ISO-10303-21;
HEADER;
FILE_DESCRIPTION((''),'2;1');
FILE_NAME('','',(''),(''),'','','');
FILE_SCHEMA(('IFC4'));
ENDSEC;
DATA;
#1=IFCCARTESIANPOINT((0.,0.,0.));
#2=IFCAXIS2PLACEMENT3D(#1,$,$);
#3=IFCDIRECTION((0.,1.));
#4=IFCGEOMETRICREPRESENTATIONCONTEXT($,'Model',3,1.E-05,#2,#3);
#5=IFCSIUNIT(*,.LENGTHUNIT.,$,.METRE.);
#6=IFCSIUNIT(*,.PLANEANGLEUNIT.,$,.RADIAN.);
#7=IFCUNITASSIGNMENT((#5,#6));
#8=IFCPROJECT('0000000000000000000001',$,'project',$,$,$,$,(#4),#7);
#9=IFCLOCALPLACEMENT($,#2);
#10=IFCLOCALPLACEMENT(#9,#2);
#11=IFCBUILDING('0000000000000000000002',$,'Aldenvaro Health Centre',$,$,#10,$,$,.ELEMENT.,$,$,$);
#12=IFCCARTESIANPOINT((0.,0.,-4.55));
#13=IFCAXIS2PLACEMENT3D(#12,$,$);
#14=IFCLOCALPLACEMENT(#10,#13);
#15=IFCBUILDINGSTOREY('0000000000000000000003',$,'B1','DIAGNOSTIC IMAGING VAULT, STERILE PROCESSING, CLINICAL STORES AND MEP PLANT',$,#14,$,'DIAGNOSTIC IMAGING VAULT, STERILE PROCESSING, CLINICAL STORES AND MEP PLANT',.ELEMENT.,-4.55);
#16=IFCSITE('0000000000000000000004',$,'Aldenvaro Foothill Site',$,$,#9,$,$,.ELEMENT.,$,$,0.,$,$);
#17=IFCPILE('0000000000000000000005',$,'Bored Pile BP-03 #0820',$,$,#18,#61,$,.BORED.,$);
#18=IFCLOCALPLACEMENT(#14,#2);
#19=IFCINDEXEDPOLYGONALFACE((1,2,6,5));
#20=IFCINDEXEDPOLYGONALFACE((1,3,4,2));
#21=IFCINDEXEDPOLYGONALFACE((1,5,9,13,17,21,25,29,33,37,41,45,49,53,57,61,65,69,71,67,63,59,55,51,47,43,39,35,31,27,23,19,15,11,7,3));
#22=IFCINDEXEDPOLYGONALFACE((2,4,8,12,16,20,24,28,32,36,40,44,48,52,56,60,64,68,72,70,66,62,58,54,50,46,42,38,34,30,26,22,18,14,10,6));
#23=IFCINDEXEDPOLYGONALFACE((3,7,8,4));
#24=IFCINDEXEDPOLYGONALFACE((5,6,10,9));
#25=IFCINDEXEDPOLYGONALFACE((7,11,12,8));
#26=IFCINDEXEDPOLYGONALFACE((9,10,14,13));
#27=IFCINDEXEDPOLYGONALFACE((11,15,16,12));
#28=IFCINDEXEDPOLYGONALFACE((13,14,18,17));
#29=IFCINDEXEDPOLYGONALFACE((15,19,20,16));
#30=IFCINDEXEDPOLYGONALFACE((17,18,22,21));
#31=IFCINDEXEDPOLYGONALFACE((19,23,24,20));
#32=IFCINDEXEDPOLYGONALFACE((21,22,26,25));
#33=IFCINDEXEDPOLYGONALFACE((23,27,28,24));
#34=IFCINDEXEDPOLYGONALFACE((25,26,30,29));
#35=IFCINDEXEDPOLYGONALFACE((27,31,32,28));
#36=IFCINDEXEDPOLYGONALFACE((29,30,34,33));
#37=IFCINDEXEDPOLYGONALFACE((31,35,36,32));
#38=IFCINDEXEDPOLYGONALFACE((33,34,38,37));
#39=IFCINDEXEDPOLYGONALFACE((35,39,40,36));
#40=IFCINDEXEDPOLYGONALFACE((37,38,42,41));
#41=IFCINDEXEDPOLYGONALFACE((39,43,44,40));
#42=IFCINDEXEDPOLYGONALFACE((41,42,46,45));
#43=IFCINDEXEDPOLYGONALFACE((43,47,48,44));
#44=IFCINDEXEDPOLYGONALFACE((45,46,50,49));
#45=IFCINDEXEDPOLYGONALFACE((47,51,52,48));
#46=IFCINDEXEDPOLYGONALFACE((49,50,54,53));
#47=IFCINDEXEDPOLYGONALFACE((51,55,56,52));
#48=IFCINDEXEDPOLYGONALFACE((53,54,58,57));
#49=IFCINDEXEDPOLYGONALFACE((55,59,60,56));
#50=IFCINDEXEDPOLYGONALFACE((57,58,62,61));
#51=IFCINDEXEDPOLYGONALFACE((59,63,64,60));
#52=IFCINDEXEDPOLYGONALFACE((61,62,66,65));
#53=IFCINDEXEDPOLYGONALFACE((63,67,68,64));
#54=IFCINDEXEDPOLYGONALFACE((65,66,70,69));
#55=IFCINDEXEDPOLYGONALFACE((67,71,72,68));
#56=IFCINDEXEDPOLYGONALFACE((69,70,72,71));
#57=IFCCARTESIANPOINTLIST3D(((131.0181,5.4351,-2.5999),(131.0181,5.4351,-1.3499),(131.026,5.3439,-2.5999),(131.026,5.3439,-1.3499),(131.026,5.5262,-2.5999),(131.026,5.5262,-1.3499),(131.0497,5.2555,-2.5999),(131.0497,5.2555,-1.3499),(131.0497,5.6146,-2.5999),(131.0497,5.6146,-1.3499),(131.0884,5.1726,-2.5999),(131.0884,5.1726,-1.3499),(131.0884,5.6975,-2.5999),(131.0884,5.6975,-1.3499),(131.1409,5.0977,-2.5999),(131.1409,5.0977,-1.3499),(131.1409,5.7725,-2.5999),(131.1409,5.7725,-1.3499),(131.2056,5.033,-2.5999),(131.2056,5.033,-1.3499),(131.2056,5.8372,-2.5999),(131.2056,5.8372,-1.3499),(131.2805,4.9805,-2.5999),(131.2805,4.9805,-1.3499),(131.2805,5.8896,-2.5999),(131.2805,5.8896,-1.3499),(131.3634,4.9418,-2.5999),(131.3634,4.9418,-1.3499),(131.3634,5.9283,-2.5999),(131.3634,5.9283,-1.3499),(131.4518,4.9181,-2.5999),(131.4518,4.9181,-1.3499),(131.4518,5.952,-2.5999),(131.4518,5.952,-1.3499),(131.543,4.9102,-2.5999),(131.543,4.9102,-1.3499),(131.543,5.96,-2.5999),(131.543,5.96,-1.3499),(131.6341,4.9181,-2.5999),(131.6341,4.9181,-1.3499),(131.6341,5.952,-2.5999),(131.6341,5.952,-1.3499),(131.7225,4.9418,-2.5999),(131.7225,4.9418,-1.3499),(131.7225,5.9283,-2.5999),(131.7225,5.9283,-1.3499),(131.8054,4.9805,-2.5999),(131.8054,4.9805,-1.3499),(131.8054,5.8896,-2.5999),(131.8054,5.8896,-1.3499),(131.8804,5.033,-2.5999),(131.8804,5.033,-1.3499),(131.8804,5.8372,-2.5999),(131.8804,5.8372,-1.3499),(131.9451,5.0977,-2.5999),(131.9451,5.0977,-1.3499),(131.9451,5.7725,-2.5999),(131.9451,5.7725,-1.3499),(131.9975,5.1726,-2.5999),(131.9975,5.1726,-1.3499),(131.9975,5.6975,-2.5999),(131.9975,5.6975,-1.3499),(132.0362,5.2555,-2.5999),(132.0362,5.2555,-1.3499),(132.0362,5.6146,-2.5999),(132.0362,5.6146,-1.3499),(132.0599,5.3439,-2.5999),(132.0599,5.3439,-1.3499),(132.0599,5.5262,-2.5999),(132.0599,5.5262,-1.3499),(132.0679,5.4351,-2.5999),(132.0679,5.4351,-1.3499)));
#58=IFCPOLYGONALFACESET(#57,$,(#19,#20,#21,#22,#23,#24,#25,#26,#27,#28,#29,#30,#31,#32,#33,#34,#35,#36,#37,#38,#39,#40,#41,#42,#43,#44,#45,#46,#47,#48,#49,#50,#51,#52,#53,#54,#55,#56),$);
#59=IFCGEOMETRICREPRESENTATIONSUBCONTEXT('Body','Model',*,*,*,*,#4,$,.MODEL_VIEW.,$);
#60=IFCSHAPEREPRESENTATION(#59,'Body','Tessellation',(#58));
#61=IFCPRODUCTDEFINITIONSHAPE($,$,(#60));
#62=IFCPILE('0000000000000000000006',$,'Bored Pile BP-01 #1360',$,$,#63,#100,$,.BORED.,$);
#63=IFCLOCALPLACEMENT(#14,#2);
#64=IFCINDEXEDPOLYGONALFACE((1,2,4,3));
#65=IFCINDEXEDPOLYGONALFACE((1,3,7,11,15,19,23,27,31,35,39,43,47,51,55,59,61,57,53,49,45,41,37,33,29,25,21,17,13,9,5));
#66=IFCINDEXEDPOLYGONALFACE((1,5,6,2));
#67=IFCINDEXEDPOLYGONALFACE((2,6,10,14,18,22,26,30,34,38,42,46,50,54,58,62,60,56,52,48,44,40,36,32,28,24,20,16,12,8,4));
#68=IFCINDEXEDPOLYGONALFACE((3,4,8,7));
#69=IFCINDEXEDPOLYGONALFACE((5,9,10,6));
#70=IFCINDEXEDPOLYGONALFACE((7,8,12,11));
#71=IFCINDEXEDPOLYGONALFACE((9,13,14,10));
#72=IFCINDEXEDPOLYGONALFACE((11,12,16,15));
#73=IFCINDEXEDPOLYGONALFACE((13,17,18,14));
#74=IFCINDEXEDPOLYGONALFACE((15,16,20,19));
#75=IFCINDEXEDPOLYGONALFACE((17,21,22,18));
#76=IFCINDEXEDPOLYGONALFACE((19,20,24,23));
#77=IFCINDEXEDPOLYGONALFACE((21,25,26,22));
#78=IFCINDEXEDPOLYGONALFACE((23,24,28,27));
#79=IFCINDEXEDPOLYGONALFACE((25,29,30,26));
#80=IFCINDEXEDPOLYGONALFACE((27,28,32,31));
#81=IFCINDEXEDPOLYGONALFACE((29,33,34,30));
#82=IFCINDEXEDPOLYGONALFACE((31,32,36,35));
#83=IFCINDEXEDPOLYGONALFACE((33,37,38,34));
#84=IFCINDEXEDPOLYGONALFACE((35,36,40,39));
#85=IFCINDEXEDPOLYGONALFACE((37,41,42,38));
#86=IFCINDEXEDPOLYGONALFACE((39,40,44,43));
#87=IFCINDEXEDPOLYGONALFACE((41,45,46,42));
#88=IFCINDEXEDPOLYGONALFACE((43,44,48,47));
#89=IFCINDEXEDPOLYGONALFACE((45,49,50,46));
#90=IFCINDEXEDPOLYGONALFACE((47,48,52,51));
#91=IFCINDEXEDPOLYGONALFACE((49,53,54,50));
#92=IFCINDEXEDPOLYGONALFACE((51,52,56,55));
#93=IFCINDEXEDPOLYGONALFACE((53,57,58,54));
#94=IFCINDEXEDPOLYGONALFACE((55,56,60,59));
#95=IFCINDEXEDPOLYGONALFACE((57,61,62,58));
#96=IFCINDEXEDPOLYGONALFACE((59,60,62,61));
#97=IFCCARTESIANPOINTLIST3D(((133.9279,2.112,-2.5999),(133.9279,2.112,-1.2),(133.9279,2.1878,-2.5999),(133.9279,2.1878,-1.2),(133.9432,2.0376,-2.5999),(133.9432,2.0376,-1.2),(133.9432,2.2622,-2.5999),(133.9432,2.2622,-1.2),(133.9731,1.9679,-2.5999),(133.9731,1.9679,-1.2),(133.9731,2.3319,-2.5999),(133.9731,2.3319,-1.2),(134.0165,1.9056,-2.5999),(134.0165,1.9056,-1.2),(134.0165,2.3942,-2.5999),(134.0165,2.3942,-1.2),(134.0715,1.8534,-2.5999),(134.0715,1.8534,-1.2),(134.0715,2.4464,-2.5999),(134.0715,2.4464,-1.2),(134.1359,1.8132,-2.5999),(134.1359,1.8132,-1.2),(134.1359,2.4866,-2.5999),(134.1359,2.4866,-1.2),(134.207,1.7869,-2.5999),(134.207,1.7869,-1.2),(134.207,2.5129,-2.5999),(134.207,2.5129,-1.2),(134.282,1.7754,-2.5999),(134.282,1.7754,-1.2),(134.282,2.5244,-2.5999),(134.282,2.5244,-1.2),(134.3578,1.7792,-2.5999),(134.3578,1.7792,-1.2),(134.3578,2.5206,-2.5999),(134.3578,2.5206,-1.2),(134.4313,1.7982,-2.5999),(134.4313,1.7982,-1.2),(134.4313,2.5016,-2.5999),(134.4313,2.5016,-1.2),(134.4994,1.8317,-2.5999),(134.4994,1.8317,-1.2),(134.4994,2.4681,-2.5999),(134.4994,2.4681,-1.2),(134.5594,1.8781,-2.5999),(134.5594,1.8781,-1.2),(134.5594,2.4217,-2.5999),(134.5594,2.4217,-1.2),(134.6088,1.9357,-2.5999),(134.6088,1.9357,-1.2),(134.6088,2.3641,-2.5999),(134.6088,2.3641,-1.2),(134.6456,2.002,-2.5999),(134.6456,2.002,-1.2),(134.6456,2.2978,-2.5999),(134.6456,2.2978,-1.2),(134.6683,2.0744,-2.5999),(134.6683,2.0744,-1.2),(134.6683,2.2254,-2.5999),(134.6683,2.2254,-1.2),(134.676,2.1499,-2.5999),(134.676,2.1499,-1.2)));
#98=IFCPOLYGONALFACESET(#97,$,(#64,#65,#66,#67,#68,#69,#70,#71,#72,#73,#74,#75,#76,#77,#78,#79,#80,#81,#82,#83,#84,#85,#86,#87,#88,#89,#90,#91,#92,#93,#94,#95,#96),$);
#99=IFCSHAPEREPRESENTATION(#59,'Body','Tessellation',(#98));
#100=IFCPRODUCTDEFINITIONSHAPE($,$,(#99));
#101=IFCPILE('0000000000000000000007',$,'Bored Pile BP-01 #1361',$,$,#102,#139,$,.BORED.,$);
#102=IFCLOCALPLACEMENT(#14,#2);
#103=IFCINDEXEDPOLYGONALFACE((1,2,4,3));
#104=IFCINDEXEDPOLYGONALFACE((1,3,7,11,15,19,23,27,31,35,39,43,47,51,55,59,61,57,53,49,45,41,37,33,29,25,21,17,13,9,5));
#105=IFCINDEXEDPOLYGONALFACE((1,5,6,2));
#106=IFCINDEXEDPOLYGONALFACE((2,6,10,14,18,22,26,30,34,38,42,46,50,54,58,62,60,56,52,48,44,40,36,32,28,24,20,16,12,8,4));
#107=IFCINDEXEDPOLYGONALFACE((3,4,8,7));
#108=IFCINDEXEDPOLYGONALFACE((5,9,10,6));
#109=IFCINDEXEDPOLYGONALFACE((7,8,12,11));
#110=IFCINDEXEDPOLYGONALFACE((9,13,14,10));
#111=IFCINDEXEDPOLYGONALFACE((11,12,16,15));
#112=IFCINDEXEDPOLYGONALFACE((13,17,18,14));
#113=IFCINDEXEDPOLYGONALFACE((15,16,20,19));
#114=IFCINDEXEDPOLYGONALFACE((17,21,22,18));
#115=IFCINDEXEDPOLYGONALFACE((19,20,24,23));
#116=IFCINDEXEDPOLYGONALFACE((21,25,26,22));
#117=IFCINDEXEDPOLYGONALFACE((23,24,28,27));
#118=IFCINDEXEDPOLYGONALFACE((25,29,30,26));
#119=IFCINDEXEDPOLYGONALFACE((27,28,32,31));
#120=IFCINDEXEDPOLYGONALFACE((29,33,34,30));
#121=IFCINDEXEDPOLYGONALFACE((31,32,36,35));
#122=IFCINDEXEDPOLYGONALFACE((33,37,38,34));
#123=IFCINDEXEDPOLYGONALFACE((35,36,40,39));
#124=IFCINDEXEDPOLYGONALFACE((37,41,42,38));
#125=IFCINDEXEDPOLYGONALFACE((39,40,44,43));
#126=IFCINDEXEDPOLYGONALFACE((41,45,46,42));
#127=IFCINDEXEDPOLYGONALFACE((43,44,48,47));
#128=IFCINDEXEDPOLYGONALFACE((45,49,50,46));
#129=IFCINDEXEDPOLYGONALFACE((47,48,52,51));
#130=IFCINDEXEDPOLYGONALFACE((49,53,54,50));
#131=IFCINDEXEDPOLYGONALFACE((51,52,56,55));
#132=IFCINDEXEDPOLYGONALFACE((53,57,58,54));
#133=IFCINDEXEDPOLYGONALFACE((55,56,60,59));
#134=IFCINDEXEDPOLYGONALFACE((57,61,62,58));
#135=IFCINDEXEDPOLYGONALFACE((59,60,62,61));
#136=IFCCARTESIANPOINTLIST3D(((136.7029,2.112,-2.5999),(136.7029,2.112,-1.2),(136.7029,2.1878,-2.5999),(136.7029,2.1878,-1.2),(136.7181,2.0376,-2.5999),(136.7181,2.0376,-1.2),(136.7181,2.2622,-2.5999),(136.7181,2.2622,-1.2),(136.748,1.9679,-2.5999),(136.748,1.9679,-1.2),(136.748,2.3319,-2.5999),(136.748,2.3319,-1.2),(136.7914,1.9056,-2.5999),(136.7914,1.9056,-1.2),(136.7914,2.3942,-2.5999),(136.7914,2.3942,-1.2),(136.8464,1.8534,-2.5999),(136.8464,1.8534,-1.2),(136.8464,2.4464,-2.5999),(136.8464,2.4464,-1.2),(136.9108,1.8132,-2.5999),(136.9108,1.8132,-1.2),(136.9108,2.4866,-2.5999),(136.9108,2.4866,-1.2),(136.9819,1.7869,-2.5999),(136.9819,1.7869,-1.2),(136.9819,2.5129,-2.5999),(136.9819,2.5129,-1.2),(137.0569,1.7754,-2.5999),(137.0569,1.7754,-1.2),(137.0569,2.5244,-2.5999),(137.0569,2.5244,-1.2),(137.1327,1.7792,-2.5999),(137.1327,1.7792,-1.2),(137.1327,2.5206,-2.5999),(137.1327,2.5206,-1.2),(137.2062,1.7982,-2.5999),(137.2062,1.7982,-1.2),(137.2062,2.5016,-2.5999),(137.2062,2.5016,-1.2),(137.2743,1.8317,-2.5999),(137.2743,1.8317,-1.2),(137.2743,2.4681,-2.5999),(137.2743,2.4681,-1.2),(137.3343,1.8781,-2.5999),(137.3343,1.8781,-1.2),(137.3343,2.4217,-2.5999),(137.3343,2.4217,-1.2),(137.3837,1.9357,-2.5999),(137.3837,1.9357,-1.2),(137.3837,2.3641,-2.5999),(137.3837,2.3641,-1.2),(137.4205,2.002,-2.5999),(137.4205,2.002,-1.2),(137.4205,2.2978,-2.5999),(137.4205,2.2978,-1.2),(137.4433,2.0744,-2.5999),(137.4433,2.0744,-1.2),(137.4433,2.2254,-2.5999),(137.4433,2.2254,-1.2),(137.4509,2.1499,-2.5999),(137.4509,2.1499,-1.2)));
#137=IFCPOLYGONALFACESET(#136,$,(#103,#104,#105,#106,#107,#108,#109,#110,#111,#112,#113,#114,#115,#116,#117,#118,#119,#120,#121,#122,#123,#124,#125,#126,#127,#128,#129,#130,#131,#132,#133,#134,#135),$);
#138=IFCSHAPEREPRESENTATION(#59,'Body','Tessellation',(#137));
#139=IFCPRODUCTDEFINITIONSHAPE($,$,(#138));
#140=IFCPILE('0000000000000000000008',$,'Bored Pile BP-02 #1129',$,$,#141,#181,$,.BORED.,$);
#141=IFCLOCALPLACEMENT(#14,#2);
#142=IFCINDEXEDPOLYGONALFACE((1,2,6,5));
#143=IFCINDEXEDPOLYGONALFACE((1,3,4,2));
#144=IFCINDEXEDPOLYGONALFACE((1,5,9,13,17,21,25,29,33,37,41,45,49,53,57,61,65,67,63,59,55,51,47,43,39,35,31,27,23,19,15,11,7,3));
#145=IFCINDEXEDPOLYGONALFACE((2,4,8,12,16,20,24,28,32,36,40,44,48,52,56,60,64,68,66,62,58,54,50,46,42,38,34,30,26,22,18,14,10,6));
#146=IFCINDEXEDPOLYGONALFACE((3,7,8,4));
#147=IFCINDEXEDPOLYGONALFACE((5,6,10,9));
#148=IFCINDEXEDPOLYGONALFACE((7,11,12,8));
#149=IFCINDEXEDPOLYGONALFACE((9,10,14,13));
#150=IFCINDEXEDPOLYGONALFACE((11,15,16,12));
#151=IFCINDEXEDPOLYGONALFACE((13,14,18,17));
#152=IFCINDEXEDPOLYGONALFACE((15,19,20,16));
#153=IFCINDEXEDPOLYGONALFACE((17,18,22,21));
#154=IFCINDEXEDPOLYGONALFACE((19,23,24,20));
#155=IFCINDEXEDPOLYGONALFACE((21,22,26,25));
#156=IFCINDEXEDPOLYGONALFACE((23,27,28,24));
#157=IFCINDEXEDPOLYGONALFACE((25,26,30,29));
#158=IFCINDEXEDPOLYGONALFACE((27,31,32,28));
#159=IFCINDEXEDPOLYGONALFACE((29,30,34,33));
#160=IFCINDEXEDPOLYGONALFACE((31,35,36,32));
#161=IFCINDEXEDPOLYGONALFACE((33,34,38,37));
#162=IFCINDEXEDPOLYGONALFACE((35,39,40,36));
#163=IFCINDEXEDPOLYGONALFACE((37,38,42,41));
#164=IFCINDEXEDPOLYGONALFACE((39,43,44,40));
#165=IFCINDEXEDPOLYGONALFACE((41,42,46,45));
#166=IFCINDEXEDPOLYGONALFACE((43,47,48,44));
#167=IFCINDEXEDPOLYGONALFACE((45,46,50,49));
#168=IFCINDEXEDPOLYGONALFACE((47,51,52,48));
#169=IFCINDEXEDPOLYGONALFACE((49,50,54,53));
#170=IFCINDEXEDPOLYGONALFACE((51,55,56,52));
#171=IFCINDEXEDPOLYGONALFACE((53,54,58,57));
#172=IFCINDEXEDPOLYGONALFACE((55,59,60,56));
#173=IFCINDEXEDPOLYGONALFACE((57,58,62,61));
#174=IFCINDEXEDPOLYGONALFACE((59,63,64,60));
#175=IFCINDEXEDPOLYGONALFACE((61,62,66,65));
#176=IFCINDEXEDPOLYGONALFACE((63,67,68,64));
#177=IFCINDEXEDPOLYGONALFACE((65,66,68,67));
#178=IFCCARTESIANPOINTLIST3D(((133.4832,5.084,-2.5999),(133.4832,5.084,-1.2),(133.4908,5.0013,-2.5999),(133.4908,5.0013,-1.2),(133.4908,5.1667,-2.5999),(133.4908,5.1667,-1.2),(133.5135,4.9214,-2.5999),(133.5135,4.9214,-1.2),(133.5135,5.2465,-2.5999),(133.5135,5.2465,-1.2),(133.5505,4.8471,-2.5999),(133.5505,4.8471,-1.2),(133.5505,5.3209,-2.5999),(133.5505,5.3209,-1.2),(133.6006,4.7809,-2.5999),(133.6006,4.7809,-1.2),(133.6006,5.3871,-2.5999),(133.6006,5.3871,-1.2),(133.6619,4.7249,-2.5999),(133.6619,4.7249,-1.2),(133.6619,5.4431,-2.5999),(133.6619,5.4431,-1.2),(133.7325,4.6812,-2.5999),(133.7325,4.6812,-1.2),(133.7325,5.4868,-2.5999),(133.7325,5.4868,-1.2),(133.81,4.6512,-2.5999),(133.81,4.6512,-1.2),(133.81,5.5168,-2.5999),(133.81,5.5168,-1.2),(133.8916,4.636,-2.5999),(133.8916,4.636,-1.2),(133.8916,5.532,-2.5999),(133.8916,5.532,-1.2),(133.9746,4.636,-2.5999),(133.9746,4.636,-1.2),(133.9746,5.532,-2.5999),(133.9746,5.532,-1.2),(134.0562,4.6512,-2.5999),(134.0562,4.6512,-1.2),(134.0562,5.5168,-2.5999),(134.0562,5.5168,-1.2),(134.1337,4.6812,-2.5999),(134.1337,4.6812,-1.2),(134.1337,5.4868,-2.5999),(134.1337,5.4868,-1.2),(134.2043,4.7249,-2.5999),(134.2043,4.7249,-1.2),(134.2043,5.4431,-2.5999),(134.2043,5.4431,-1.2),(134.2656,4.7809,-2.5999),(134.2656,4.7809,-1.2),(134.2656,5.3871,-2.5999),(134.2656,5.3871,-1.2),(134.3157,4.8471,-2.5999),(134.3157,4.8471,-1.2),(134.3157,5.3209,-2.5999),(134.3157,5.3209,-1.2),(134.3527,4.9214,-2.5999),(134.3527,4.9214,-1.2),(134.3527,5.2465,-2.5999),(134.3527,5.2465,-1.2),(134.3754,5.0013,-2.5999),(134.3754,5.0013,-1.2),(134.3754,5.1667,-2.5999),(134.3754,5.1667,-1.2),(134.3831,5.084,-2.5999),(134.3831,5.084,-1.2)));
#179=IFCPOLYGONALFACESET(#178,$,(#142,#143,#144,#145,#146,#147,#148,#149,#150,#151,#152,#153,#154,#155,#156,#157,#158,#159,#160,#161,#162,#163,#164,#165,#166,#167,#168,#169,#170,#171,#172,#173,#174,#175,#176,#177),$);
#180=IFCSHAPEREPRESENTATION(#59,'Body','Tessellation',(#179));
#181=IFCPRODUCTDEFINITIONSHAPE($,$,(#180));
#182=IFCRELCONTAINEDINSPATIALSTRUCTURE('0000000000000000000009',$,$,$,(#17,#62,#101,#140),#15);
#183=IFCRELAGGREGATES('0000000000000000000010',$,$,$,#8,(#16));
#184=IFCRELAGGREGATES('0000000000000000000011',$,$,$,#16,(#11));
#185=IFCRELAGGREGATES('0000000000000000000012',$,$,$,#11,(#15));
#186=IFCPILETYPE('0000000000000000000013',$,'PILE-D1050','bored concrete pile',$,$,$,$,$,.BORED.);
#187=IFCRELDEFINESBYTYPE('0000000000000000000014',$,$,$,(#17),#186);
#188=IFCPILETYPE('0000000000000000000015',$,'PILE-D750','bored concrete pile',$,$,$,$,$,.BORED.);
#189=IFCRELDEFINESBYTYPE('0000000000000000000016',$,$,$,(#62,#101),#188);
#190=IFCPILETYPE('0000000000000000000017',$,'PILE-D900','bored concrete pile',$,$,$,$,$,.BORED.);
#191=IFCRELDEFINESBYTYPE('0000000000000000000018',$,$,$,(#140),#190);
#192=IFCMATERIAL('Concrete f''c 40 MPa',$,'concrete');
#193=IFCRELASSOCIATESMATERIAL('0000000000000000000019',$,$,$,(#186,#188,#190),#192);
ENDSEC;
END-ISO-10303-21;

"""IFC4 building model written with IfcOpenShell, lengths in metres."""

from ifc_helpers import new_model, si_unit, direction, frame, origin, origin_2d, place, context, subcontext, project, spatial, circle, extrude, material, material_profile, profile_set, type_object, element, save


model = new_model("IFC4")

# Units and contexts
model_context = context("Model", 3, precision=1e-05, world=origin(), true_north=direction((0.0, 1.0)))
body_context = subcontext(model_context, "Body", "Model", "MODEL_VIEW")
ifc_project = project(units=[si_unit("LENGTHUNIT", "METRE"), si_unit("PLANEANGLEUNIT", "RADIAN")], contexts=[model_context])

# Site, building, storey
site_placement = place(None, origin())
site = spatial("IfcSite", under=ifc_project, at=site_placement, Name="Aldenvaro Foothill Site", CompositionType="ELEMENT", RefElevation=0.0)
building_placement = place(site_placement, origin())
building = spatial("IfcBuilding", under=site, at=building_placement, Name="Aldenvaro Health Centre", CompositionType="ELEMENT")
storey_placement = place(building_placement, frame((0.0, 0.0, -4.55)))
storey = spatial("IfcBuildingStorey", under=building, at=storey_placement, Name="B1", Description="DIAGNOSTIC IMAGING VAULT, STERILE PROCESSING, CLINICAL STORES AND MEP PLANT", LongName="DIAGNOSTIC IMAGING VAULT, STERILE PROCESSING, CLINICAL STORES AND MEP PLANT", CompositionType="ELEMENT", Elevation=-4.55)

# Shared definitions
ifc_material = material(Name="Concrete f'c 40 MPa", Category="concrete")

# Piles
ifc_material_profile_1 = material_profile(ifc_material, circle(Radius=0.5249, at=origin_2d()), Name="PILE D1050", Category="concrete")
ifc_profile_set_1 = profile_set([ifc_material_profile_1], Name="Concrete f'c 40 MPa")
pile_type_1 = type_object("IfcPileType", Name="PILE-D1050", Description="bored concrete pile", PredefinedType="BORED", material=ifc_profile_set_1)
for number, where, z_axis, x_axis, name in (
    (1, (131.543, 5.4351, -1.3499), (0.0, 0.0, -1.0), (1.0, 0.0, 0.0), "Bored Pile BP-03 #0820"),
):
    element("IfcPile", number, at=place(storey_placement, frame(where, z_axis=z_axis, x_axis=x_axis)), inside=storey, type_object=pile_type_1, Name=name, PredefinedType="BORED", context=body_context, shape_type="SweptSolid", body=[
        extrude(circle(Radius=0.5249, at=origin_2d()), origin(), (0.0, 0.0, 1.0), 1.25),
    ])
ifc_material_profile_2 = material_profile(ifc_material, circle(Radius=0.375, at=origin_2d()), Name="PILE D750", Category="concrete")
ifc_profile_set_2 = profile_set([ifc_material_profile_2], Name="Concrete f'c 40 MPa")
pile_type_2 = type_object("IfcPileType", Name="PILE-D750", Description="bored concrete pile", PredefinedType="BORED", material=ifc_profile_set_2)
for number, where, z_axis, x_axis, name in (
    (2, (134.301, 2.1499, -1.2), (0.0, 0.0, -1.0), (1.0, 0.0, 0.0), "Bored Pile BP-01 #1360"),
    (3, (137.0759, 2.1499, -1.2), (0.0, 0.0, -1.0), (1.0, 0.0, 0.0), "Bored Pile BP-01 #1361"),
):
    element("IfcPile", number, at=place(storey_placement, frame(where, z_axis=z_axis, x_axis=x_axis)), inside=storey, type_object=pile_type_2, Name=name, PredefinedType="BORED", context=body_context, shape_type="SweptSolid", body=[
        extrude(circle(Radius=0.375, at=origin_2d()), origin(), (0.0, 0.0, 1.0), 1.3999),
    ])
ifc_material_profile_3 = material_profile(ifc_material, circle(Radius=0.45, at=origin_2d()), Name="PILE D900", Category="concrete")
ifc_profile_set_3 = profile_set([ifc_material_profile_3], Name="Concrete f'c 40 MPa")
pile_type_3 = type_object("IfcPileType", Name="PILE-D900", Description="bored concrete pile", PredefinedType="BORED", material=ifc_profile_set_3)
for number, where, z_axis, x_axis, name in (
    (4, (133.9331, 5.084, -1.2), (0.0, 0.0, -1.0), (1.0, 0.0, 0.0), "Bored Pile BP-02 #1129"),
):
    element("IfcPile", number, at=place(storey_placement, frame(where, z_axis=z_axis, x_axis=x_axis)), inside=storey, type_object=pile_type_3, Name=name, PredefinedType="BORED", context=body_context, shape_type="SweptSolid", body=[
        extrude(circle(Radius=0.45, at=origin_2d()), origin(), (0.0, 0.0, 1.0), 1.3999),
    ])

save(model, "model.ifc")
